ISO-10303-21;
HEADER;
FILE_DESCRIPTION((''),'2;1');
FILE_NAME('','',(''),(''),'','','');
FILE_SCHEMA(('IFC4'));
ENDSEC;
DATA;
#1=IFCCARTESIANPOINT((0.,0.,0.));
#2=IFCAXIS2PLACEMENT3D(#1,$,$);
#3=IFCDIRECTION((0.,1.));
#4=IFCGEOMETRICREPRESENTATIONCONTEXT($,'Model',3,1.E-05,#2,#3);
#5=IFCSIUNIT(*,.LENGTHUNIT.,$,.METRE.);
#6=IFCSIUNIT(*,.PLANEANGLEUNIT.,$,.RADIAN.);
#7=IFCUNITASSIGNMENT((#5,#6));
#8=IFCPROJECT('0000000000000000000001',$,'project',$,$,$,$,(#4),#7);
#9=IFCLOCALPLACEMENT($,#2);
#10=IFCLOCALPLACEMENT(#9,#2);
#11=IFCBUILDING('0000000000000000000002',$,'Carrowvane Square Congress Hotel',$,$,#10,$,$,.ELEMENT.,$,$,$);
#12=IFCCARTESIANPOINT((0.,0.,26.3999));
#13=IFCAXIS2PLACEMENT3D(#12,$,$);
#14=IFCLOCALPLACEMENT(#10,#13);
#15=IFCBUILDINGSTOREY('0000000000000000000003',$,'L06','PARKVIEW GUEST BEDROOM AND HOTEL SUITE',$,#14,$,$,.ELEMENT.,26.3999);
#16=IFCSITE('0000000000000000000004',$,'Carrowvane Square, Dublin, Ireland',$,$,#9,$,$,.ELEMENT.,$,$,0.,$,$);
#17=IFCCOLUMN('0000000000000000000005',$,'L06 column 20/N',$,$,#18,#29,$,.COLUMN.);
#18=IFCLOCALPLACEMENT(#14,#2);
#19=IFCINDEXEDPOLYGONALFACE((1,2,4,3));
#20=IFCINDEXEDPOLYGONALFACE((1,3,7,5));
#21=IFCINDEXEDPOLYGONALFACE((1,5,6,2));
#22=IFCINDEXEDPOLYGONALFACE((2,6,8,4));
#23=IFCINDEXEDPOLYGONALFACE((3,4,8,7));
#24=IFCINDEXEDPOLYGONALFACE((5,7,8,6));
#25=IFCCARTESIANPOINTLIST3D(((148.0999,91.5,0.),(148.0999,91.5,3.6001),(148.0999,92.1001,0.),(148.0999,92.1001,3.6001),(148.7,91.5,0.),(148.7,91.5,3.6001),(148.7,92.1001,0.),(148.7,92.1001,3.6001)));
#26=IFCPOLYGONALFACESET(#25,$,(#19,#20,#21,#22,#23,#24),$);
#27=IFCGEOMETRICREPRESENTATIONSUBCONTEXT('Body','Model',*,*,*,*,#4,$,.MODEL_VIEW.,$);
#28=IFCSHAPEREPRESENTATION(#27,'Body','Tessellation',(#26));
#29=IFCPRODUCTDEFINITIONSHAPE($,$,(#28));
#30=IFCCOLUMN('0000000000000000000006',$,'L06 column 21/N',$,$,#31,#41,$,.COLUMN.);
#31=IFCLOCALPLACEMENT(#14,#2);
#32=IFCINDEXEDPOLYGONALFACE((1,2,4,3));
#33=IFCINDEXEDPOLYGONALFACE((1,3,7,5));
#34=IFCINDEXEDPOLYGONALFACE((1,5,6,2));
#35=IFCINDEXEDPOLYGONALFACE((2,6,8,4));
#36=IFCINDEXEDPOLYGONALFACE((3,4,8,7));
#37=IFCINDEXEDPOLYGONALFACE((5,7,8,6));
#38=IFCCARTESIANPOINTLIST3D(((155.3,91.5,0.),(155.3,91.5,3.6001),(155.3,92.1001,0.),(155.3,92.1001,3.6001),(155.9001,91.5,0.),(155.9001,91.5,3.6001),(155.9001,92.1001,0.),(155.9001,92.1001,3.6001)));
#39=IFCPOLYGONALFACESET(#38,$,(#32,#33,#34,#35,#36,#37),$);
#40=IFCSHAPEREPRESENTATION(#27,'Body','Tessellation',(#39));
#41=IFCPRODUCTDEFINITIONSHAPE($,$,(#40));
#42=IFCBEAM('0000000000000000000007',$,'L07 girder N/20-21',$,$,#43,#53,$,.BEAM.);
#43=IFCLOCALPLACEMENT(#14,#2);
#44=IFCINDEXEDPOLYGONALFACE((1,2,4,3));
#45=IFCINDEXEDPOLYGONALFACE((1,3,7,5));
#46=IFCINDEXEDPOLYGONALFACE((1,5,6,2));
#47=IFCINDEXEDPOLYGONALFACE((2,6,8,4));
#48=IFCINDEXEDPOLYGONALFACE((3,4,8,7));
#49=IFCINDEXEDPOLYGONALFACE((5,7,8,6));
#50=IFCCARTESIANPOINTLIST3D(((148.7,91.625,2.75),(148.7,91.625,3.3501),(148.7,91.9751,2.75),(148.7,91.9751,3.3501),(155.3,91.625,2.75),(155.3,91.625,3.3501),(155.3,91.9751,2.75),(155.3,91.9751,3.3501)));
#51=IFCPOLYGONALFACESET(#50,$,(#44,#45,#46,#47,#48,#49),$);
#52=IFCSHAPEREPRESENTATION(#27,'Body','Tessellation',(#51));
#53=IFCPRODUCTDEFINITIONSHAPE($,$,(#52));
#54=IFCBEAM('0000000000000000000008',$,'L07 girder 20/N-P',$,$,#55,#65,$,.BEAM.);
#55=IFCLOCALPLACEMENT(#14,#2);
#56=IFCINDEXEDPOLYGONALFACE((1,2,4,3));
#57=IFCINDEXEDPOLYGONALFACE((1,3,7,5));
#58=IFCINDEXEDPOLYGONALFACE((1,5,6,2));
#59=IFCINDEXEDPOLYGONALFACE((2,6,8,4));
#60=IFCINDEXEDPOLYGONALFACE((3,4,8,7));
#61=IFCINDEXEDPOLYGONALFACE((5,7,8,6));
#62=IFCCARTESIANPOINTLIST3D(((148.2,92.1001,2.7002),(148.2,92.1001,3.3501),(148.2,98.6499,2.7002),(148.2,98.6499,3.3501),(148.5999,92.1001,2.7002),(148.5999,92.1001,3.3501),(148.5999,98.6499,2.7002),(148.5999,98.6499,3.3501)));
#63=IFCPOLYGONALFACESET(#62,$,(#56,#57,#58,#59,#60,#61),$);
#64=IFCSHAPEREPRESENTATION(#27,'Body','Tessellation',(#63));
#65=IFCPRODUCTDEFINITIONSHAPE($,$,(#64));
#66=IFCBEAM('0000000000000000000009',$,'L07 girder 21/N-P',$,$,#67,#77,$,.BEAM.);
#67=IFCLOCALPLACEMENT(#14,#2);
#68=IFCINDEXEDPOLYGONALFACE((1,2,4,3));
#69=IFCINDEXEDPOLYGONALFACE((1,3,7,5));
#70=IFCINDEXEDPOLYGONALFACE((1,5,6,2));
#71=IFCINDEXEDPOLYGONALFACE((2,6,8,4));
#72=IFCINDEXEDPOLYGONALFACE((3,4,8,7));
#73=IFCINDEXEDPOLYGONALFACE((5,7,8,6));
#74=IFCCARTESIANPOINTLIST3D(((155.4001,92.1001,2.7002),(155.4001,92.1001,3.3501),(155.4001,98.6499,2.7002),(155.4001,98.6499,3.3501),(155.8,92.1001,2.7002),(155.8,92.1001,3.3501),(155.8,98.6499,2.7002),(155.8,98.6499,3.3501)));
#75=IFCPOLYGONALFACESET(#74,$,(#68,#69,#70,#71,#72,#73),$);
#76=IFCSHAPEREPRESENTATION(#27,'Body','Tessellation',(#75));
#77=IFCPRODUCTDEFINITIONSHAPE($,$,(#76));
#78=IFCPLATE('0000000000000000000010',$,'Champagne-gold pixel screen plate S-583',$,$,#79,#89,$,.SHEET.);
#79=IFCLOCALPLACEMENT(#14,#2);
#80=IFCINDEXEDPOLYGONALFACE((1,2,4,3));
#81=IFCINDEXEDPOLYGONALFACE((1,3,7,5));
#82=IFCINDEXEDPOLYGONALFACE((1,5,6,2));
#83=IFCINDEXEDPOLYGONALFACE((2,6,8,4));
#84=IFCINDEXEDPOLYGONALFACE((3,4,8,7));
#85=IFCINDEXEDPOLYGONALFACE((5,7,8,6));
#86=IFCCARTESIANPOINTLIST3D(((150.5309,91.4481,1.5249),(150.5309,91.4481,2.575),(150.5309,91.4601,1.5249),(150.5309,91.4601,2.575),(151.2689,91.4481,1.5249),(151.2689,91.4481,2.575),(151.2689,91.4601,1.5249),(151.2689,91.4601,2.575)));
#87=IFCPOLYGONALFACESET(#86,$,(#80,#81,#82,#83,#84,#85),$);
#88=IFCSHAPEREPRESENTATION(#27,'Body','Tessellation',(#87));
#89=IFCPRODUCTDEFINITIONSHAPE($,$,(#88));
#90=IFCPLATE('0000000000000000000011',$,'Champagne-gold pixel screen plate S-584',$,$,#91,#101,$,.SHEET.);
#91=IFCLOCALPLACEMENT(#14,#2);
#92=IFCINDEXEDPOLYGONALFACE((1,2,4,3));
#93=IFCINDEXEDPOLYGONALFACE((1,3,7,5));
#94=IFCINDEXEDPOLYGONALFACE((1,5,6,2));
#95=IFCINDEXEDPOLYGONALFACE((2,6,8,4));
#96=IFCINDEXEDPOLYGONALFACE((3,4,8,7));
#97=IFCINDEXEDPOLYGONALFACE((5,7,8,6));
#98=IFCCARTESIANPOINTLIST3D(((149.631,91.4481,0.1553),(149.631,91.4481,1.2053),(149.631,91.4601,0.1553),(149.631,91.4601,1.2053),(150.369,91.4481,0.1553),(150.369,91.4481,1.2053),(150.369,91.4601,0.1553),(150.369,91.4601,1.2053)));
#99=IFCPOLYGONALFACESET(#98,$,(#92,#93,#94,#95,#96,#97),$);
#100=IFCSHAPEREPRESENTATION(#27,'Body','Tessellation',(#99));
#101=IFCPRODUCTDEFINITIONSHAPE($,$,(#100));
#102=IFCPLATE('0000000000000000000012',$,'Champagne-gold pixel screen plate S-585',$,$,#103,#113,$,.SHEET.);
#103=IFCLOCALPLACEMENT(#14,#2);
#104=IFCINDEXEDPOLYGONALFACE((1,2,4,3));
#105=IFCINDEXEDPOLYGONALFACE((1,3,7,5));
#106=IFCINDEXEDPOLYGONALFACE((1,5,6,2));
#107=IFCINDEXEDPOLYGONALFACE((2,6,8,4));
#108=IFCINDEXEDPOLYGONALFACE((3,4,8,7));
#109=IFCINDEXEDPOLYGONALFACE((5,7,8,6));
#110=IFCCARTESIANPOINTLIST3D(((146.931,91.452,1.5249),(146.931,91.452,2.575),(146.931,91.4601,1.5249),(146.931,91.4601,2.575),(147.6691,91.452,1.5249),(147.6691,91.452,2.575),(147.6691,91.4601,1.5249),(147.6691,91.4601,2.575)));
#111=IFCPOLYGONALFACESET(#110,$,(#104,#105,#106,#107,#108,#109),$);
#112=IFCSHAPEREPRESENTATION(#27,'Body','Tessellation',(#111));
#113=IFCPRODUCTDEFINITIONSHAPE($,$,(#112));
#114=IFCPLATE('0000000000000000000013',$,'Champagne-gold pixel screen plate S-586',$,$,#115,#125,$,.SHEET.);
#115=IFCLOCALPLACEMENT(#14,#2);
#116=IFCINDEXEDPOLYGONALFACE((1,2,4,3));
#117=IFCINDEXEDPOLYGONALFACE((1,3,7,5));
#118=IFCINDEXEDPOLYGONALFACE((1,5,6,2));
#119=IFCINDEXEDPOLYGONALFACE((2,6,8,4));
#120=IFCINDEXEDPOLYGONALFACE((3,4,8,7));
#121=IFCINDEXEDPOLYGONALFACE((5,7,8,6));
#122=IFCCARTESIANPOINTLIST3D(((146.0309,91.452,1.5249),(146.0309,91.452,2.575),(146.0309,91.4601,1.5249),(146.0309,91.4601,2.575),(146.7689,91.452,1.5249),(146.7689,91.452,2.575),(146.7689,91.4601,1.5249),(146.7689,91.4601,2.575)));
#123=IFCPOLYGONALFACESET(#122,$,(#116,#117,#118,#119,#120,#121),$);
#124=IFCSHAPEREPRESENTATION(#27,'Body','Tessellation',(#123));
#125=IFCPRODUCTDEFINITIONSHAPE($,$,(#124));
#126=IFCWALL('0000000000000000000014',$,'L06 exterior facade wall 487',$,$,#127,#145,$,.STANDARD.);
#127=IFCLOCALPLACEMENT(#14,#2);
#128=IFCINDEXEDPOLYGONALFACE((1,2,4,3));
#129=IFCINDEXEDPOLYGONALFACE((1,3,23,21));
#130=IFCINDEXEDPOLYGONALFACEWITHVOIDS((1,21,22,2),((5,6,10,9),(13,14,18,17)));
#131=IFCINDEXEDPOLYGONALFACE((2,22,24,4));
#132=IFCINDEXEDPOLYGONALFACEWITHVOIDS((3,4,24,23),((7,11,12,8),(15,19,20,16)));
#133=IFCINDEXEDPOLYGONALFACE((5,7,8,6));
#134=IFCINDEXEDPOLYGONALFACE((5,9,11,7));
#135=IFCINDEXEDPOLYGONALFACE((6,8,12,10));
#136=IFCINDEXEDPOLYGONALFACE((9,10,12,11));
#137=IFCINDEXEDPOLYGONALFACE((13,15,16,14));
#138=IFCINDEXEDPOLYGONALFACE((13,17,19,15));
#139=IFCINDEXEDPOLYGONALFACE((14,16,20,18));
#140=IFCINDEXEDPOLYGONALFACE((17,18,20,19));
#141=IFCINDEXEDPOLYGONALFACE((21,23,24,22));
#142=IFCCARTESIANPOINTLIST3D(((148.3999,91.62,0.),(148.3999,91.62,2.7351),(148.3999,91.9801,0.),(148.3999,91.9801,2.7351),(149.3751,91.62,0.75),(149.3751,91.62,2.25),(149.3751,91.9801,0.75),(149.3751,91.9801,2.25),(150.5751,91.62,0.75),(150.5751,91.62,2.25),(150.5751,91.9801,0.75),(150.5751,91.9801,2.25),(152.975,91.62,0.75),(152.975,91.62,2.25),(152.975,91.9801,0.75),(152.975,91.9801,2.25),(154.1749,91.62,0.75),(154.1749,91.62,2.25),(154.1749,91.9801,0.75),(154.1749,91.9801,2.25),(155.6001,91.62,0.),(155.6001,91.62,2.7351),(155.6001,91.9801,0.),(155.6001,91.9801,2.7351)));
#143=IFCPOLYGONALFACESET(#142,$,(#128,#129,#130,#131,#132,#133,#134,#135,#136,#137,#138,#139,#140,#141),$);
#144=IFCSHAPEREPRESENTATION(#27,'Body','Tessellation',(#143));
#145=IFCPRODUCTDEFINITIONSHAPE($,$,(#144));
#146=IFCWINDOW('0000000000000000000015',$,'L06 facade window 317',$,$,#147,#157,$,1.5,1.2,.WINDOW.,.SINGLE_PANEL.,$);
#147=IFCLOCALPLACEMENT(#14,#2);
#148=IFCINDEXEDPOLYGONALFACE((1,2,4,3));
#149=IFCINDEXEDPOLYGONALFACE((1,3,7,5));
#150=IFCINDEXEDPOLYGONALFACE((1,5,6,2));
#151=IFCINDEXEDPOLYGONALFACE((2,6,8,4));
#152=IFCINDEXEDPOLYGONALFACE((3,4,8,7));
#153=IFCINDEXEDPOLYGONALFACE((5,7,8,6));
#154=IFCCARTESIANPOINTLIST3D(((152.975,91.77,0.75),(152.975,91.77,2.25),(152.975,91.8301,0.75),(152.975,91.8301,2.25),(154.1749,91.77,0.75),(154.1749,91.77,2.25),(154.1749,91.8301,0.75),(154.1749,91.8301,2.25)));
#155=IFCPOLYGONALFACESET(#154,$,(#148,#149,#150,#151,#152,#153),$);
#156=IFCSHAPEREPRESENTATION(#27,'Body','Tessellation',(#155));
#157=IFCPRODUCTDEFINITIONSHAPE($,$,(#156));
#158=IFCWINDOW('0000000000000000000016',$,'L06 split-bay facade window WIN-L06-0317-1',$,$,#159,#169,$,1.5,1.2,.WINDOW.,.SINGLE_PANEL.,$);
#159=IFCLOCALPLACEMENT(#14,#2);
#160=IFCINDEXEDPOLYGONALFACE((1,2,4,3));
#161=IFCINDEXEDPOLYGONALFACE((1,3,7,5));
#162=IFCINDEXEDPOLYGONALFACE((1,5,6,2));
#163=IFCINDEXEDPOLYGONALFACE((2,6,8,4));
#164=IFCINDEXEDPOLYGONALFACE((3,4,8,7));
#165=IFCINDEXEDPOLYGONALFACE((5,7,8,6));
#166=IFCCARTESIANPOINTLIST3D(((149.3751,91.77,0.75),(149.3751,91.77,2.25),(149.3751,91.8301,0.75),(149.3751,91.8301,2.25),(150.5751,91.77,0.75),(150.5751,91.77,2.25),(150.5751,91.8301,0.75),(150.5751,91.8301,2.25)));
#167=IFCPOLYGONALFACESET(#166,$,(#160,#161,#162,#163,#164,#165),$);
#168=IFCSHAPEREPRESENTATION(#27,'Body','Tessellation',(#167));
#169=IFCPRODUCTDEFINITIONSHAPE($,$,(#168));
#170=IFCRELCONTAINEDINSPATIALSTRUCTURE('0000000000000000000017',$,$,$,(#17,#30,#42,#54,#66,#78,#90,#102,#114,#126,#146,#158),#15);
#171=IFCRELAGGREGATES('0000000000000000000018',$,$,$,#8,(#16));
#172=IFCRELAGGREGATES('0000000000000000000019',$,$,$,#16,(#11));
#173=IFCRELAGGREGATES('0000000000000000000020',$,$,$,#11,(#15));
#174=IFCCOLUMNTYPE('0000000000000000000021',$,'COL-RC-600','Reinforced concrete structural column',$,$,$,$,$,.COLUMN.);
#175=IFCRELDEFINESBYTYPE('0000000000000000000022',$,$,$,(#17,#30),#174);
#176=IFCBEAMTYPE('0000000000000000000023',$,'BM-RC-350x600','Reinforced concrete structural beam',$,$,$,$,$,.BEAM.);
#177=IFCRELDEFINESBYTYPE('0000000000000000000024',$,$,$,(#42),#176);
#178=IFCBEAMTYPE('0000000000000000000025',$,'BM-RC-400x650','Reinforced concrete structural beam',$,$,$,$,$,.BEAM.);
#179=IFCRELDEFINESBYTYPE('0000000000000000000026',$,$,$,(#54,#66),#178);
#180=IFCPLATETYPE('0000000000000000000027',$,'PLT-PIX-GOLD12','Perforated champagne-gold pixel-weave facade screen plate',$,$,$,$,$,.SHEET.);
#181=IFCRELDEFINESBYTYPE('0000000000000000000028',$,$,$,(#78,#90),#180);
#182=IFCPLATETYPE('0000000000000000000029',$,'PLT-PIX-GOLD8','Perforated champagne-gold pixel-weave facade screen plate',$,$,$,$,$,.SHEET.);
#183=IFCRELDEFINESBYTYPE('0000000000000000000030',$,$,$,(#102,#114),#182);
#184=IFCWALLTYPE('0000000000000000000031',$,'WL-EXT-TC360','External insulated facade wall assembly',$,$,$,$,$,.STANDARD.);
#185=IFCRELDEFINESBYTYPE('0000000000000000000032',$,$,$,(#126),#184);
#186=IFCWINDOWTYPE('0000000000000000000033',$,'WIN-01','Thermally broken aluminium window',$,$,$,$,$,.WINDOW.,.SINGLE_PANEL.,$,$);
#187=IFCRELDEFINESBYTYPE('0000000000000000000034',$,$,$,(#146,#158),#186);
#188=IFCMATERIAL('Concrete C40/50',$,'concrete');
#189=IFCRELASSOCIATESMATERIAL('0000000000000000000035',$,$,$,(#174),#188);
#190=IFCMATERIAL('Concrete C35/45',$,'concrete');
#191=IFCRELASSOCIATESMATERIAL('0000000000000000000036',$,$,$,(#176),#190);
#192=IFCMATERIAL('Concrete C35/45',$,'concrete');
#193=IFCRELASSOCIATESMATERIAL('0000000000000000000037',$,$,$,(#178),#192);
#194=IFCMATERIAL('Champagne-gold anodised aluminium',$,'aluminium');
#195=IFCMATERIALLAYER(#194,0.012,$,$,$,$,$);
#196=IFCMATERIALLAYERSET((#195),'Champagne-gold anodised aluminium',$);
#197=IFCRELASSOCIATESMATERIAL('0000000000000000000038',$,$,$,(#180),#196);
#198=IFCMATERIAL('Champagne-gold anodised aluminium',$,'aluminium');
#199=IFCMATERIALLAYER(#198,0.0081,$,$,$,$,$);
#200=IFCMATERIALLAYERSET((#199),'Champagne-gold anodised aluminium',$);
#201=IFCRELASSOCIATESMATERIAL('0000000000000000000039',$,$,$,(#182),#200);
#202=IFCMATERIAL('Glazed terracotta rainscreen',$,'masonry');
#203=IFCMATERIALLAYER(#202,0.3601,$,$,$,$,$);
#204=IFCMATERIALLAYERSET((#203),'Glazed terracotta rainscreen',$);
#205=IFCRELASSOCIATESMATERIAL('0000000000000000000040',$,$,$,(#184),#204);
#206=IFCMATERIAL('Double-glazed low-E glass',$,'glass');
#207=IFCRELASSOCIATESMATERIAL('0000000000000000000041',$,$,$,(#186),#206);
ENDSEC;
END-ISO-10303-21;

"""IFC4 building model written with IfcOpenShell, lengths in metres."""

from ifc_helpers import new_model, si_unit, direction, frame, frame_2d, origin, origin_2d, place, context, subcontext, project, spatial, rectangle, extrude, material, layer, layer_set, material_profile, profile_set, type_object, element, fill, save


model = new_model("IFC4")

# Units and contexts
model_context = context("Model", 3, precision=1e-05, world=origin(), true_north=direction((0.0, 1.0)))
body_context = subcontext(model_context, "Body", "Model", "MODEL_VIEW")
ifc_project = project(units=[si_unit("LENGTHUNIT", "METRE"), si_unit("PLANEANGLEUNIT", "RADIAN")], contexts=[model_context])

# Site, building, storey
site_placement = place(None, origin())
site = spatial("IfcSite", under=ifc_project, at=site_placement, Name="Carrowvane Square, Dublin, Ireland", CompositionType="ELEMENT", RefElevation=0.0)
building_placement = place(site_placement, origin())
building = spatial("IfcBuilding", under=site, at=building_placement, Name="Carrowvane Square Congress Hotel", CompositionType="ELEMENT")
storey_placement = place(building_placement, frame((0.0, 0.0, 26.3999)))
storey = spatial("IfcBuildingStorey", under=building, at=storey_placement, Name="L06", Description="PARKVIEW GUEST BEDROOM AND HOTEL SUITE", CompositionType="ELEMENT", Elevation=26.3999)

# Columns
ifc_material_1 = material(Name="Concrete C40/50", Category="concrete")
ifc_material_profile_1 = material_profile(ifc_material_1, rectangle(XDim=0.6001, YDim=0.6001, at=origin_2d()), Name="RC 600x600")
ifc_profile_set_1 = profile_set([ifc_material_profile_1], Name="Concrete C40/50")
column_type = type_object("IfcColumnType", Name="COL-RC-600", Description="Reinforced concrete structural column", PredefinedType="COLUMN", material=ifc_profile_set_1)
for number, where, z_axis, x_axis, name in (
    (1, (148.3999, 91.8, 0.0), (0.0, 0.0, 1.0), (1.0, 0.0, 0.0), "L06 column 20/N"),
    (2, (155.6001, 91.8, 0.0), (0.0, 0.0, 1.0), (1.0, 0.0, 0.0), "L06 column 21/N"),
):
    element("IfcColumn", number, at=place(storey_placement, frame(where, z_axis=z_axis, x_axis=x_axis)), inside=storey, type_object=column_type, Name=name, PredefinedType="COLUMN", context=body_context, shape_type="SweptSolid", body=[
        extrude(rectangle(XDim=0.6001, YDim=0.6001, at=origin_2d()), origin(), (0.0, 0.0, 1.0), 3.6001),
    ])

# Beams
ifc_material_2 = material(Name="Concrete C35/45", Category="concrete")
ifc_material_profile_2 = material_profile(ifc_material_2, rectangle(XDim=0.3501, YDim=0.6001, at=origin_2d()), Name="RC 350x600")
ifc_profile_set_2 = profile_set([ifc_material_profile_2], Name="Concrete C35/45")
beam_type_1 = type_object("IfcBeamType", Name="BM-RC-350x600", Description="Reinforced concrete structural beam", PredefinedType="BEAM", material=ifc_profile_set_2)
beam_placement = place(storey_placement, frame((148.7, 91.8, 3.05), z_axis=(1.0, 0.0, 0.0), x_axis=(0.0, 1.0, 0.0)))
element("IfcBeam", 3, at=beam_placement, inside=storey, type_object=beam_type_1, Name="L07 girder N/20-21", PredefinedType="BEAM", context=body_context, shape_type="SweptSolid", body=[
    extrude(rectangle(XDim=0.3501, YDim=0.6001, at=origin_2d()), origin(), (0.0, 0.0, 1.0), 6.6001),
])
ifc_material_3 = material(Name="Concrete C35/45", Category="concrete")
ifc_material_profile_3 = material_profile(ifc_material_3, rectangle(XDim=0.3999, YDim=0.6499, at=origin_2d()), Name="RC 400x650")
ifc_profile_set_3 = profile_set([ifc_material_profile_3], Name="Concrete C35/45")
beam_type_2 = type_object("IfcBeamType", Name="BM-RC-400x650", Description="Reinforced concrete structural beam", PredefinedType="BEAM", material=ifc_profile_set_3)
for number, where, z_axis, x_axis, name in (
    (4, (148.3999, 92.1001, 3.0251), (0.0, 1.0, 0.0), (-1.0, 0.0, 0.0), "L07 girder 20/N-P"),
    (5, (155.6001, 92.1001, 3.0251), (0.0, 1.0, 0.0), (-1.0, 0.0, 0.0), "L07 girder 21/N-P"),
):
    element("IfcBeam", number, at=place(storey_placement, frame(where, z_axis=z_axis, x_axis=x_axis)), inside=storey, type_object=beam_type_2, Name=name, PredefinedType="BEAM", context=body_context, shape_type="SweptSolid", body=[
        extrude(rectangle(XDim=0.3999, YDim=0.6499, at=origin_2d()), origin(), (0.0, 0.0, 1.0), 6.5498),
    ])

# Plates
ifc_material_4 = material(Name="Champagne-gold anodised aluminium", Category="aluminium")
ifc_layer_1 = layer(ifc_material_4, 0.012)
ifc_layer_set_1 = layer_set([ifc_layer_1], Name="Champagne-gold anodised aluminium")
plate_type_1 = type_object("IfcPlateType", Name="PLT-PIX-GOLD12", Description="Perforated champagne-gold pixel-weave facade screen plate", PredefinedType="SHEET", material=ifc_layer_set_1)
for number, where, z_axis, x_axis, name in (
    (6, (150.8999, 91.4541, 1.5249), (0.0, 0.0, 1.0), (-1.0, 0.0, 0.0), "Champagne-gold pixel screen plate S-583"),
    (7, (150.0, 91.4541, 0.1553), (0.0, 0.0, 1.0), (-1.0, 0.0, 0.0), "Champagne-gold pixel screen plate S-584"),
):
    element("IfcPlate", number, at=place(storey_placement, frame(where, z_axis=z_axis, x_axis=x_axis)), inside=storey, type_object=plate_type_1, Name=name, PredefinedType="SHEET", context=body_context, shape_type="SweptSolid", body=[
        extrude(rectangle(XDim=0.738, YDim=0.012, at=origin_2d()), origin(), (0.0, 0.0, 1.0), 1.05),
    ])
ifc_material_5 = material(Name="Champagne-gold anodised aluminium", Category="aluminium")
ifc_layer_2 = layer(ifc_material_5, 0.0081)
ifc_layer_set_2 = layer_set([ifc_layer_2], Name="Champagne-gold anodised aluminium")
plate_type_2 = type_object("IfcPlateType", Name="PLT-PIX-GOLD8", Description="Perforated champagne-gold pixel-weave facade screen plate", PredefinedType="SHEET", material=ifc_layer_set_2)
for number, where, z_axis, x_axis, name in (
    (8, (147.3, 91.4561, 1.5249), (0.0, 0.0, 1.0), (-1.0, 0.0, 0.0), "Champagne-gold pixel screen plate S-585"),
    (9, (146.3999, 91.4561, 1.5249), (0.0, 0.0, 1.0), (-1.0, 0.0, 0.0), "Champagne-gold pixel screen plate S-586"),
):
    element("IfcPlate", number, at=place(storey_placement, frame(where, z_axis=z_axis, x_axis=x_axis)), inside=storey, type_object=plate_type_2, Name=name, PredefinedType="SHEET", context=body_context, shape_type="SweptSolid", body=[
        extrude(rectangle(XDim=0.738, YDim=0.0081, at=origin_2d()), origin(), (0.0, 0.0, 1.0), 1.05),
    ])

# Wall, openings, windows
ifc_material_6 = material(Name="Glazed terracotta rainscreen", Category="masonry")
ifc_layer_3 = layer(ifc_material_6, 0.3601)
ifc_layer_set_3 = layer_set([ifc_layer_3], Name="Glazed terracotta rainscreen")
wall_type_1 = type_object("IfcWallType", Name="WL-EXT-TC360", Description="External insulated facade wall assembly", PredefinedType="STANDARD", material=ifc_layer_set_3)
wall_1_placement = place(storey_placement, frame((155.6001, 91.8, 0.0), z_axis=(0.0, 0.0, 1.0), x_axis=(-1.0, 0.0, 0.0)))
wall_1 = element("IfcWall", 10, at=wall_1_placement, inside=storey, type_object=wall_type_1, Name="L06 exterior facade wall 487", PredefinedType="STANDARD", context=body_context, shape_type="SweptSolid", body=[
    extrude(rectangle(XDim=7.2002, YDim=0.3601, at=frame_2d((3.6001, 0.0))), origin(), (0.0, 0.0, 1.0), 2.7351),
])
opening_1_placement = place(wall_1_placement, frame((1.425, 0.0, 0.75)))
opening_1 = element("IfcOpeningElement", 11, at=opening_1_placement, cuts=wall_1, PredefinedType="OPENING", context=body_context, shape_type="SweptSolid", body=[
    extrude(rectangle(XDim=1.2, YDim=1.5, at=frame_2d((0.6001, 0.75))), frame((0.0, 0.1899, 0.0), z_axis=(0.0, -1.0, 0.0), x_axis=(1.0, 0.0, 0.0)), (0.0, 0.0, 1.0), 0.3801),
])
opening_2_placement = place(wall_1_placement, frame((5.0249, 0.0, 0.75)))
opening_2 = element("IfcOpeningElement", 12, at=opening_2_placement, cuts=wall_1, PredefinedType="OPENING", context=body_context, shape_type="SweptSolid", body=[
    extrude(rectangle(XDim=1.2, YDim=1.5, at=frame_2d((0.6001, 0.75))), frame((0.0, 0.1899, 0.0), z_axis=(0.0, -1.0, 0.0), x_axis=(1.0, 0.0, 0.0)), (0.0, 0.0, 1.0), 0.3801),
])
ifc_material_7 = material(Name="Double-glazed low-E glass", Category="glass")
window_type_1 = type_object("IfcWindowType", Name="WIN-01", Description="Thermally broken aluminium window", PartitioningType="SINGLE_PANEL", PredefinedType="WINDOW", material=ifc_material_7)
window_1_placement = place(opening_1_placement, origin())
window_1 = element("IfcWindow", 13, at=window_1_placement, inside=storey, type_object=window_type_1, Name="L06 facade window 317", OverallHeight=1.5, OverallWidth=1.2, PartitioningType="SINGLE_PANEL", PredefinedType="WINDOW", context=body_context, shape_type="SweptSolid", body=[
    extrude(rectangle(XDim=1.2, YDim=1.5, at=frame_2d((0.6001, 0.75))), frame((0.0, 0.03, 0.0), z_axis=(0.0, -1.0, 0.0), x_axis=(1.0, 0.0, 0.0)), (0.0, 0.0, 1.0), 0.0601),
])
fill(opening_1, window_1)
window_2_placement = place(opening_2_placement, origin())
window_2 = element("IfcWindow", 14, at=window_2_placement, inside=storey, type_object=window_type_1, Name="L06 split-bay facade window WIN-L06-0317-1", OverallHeight=1.5, OverallWidth=1.2, PartitioningType="SINGLE_PANEL", PredefinedType="WINDOW", context=body_context, shape_type="SweptSolid", body=[
    extrude(rectangle(XDim=1.2, YDim=1.5, at=frame_2d((0.6001, 0.75))), frame((0.0, 0.03, 0.0), z_axis=(0.0, -1.0, 0.0), x_axis=(1.0, 0.0, 0.0)), (0.0, 0.0, 1.0), 0.0601),
])
fill(opening_2, window_2)

save(model, "model.ifc")
